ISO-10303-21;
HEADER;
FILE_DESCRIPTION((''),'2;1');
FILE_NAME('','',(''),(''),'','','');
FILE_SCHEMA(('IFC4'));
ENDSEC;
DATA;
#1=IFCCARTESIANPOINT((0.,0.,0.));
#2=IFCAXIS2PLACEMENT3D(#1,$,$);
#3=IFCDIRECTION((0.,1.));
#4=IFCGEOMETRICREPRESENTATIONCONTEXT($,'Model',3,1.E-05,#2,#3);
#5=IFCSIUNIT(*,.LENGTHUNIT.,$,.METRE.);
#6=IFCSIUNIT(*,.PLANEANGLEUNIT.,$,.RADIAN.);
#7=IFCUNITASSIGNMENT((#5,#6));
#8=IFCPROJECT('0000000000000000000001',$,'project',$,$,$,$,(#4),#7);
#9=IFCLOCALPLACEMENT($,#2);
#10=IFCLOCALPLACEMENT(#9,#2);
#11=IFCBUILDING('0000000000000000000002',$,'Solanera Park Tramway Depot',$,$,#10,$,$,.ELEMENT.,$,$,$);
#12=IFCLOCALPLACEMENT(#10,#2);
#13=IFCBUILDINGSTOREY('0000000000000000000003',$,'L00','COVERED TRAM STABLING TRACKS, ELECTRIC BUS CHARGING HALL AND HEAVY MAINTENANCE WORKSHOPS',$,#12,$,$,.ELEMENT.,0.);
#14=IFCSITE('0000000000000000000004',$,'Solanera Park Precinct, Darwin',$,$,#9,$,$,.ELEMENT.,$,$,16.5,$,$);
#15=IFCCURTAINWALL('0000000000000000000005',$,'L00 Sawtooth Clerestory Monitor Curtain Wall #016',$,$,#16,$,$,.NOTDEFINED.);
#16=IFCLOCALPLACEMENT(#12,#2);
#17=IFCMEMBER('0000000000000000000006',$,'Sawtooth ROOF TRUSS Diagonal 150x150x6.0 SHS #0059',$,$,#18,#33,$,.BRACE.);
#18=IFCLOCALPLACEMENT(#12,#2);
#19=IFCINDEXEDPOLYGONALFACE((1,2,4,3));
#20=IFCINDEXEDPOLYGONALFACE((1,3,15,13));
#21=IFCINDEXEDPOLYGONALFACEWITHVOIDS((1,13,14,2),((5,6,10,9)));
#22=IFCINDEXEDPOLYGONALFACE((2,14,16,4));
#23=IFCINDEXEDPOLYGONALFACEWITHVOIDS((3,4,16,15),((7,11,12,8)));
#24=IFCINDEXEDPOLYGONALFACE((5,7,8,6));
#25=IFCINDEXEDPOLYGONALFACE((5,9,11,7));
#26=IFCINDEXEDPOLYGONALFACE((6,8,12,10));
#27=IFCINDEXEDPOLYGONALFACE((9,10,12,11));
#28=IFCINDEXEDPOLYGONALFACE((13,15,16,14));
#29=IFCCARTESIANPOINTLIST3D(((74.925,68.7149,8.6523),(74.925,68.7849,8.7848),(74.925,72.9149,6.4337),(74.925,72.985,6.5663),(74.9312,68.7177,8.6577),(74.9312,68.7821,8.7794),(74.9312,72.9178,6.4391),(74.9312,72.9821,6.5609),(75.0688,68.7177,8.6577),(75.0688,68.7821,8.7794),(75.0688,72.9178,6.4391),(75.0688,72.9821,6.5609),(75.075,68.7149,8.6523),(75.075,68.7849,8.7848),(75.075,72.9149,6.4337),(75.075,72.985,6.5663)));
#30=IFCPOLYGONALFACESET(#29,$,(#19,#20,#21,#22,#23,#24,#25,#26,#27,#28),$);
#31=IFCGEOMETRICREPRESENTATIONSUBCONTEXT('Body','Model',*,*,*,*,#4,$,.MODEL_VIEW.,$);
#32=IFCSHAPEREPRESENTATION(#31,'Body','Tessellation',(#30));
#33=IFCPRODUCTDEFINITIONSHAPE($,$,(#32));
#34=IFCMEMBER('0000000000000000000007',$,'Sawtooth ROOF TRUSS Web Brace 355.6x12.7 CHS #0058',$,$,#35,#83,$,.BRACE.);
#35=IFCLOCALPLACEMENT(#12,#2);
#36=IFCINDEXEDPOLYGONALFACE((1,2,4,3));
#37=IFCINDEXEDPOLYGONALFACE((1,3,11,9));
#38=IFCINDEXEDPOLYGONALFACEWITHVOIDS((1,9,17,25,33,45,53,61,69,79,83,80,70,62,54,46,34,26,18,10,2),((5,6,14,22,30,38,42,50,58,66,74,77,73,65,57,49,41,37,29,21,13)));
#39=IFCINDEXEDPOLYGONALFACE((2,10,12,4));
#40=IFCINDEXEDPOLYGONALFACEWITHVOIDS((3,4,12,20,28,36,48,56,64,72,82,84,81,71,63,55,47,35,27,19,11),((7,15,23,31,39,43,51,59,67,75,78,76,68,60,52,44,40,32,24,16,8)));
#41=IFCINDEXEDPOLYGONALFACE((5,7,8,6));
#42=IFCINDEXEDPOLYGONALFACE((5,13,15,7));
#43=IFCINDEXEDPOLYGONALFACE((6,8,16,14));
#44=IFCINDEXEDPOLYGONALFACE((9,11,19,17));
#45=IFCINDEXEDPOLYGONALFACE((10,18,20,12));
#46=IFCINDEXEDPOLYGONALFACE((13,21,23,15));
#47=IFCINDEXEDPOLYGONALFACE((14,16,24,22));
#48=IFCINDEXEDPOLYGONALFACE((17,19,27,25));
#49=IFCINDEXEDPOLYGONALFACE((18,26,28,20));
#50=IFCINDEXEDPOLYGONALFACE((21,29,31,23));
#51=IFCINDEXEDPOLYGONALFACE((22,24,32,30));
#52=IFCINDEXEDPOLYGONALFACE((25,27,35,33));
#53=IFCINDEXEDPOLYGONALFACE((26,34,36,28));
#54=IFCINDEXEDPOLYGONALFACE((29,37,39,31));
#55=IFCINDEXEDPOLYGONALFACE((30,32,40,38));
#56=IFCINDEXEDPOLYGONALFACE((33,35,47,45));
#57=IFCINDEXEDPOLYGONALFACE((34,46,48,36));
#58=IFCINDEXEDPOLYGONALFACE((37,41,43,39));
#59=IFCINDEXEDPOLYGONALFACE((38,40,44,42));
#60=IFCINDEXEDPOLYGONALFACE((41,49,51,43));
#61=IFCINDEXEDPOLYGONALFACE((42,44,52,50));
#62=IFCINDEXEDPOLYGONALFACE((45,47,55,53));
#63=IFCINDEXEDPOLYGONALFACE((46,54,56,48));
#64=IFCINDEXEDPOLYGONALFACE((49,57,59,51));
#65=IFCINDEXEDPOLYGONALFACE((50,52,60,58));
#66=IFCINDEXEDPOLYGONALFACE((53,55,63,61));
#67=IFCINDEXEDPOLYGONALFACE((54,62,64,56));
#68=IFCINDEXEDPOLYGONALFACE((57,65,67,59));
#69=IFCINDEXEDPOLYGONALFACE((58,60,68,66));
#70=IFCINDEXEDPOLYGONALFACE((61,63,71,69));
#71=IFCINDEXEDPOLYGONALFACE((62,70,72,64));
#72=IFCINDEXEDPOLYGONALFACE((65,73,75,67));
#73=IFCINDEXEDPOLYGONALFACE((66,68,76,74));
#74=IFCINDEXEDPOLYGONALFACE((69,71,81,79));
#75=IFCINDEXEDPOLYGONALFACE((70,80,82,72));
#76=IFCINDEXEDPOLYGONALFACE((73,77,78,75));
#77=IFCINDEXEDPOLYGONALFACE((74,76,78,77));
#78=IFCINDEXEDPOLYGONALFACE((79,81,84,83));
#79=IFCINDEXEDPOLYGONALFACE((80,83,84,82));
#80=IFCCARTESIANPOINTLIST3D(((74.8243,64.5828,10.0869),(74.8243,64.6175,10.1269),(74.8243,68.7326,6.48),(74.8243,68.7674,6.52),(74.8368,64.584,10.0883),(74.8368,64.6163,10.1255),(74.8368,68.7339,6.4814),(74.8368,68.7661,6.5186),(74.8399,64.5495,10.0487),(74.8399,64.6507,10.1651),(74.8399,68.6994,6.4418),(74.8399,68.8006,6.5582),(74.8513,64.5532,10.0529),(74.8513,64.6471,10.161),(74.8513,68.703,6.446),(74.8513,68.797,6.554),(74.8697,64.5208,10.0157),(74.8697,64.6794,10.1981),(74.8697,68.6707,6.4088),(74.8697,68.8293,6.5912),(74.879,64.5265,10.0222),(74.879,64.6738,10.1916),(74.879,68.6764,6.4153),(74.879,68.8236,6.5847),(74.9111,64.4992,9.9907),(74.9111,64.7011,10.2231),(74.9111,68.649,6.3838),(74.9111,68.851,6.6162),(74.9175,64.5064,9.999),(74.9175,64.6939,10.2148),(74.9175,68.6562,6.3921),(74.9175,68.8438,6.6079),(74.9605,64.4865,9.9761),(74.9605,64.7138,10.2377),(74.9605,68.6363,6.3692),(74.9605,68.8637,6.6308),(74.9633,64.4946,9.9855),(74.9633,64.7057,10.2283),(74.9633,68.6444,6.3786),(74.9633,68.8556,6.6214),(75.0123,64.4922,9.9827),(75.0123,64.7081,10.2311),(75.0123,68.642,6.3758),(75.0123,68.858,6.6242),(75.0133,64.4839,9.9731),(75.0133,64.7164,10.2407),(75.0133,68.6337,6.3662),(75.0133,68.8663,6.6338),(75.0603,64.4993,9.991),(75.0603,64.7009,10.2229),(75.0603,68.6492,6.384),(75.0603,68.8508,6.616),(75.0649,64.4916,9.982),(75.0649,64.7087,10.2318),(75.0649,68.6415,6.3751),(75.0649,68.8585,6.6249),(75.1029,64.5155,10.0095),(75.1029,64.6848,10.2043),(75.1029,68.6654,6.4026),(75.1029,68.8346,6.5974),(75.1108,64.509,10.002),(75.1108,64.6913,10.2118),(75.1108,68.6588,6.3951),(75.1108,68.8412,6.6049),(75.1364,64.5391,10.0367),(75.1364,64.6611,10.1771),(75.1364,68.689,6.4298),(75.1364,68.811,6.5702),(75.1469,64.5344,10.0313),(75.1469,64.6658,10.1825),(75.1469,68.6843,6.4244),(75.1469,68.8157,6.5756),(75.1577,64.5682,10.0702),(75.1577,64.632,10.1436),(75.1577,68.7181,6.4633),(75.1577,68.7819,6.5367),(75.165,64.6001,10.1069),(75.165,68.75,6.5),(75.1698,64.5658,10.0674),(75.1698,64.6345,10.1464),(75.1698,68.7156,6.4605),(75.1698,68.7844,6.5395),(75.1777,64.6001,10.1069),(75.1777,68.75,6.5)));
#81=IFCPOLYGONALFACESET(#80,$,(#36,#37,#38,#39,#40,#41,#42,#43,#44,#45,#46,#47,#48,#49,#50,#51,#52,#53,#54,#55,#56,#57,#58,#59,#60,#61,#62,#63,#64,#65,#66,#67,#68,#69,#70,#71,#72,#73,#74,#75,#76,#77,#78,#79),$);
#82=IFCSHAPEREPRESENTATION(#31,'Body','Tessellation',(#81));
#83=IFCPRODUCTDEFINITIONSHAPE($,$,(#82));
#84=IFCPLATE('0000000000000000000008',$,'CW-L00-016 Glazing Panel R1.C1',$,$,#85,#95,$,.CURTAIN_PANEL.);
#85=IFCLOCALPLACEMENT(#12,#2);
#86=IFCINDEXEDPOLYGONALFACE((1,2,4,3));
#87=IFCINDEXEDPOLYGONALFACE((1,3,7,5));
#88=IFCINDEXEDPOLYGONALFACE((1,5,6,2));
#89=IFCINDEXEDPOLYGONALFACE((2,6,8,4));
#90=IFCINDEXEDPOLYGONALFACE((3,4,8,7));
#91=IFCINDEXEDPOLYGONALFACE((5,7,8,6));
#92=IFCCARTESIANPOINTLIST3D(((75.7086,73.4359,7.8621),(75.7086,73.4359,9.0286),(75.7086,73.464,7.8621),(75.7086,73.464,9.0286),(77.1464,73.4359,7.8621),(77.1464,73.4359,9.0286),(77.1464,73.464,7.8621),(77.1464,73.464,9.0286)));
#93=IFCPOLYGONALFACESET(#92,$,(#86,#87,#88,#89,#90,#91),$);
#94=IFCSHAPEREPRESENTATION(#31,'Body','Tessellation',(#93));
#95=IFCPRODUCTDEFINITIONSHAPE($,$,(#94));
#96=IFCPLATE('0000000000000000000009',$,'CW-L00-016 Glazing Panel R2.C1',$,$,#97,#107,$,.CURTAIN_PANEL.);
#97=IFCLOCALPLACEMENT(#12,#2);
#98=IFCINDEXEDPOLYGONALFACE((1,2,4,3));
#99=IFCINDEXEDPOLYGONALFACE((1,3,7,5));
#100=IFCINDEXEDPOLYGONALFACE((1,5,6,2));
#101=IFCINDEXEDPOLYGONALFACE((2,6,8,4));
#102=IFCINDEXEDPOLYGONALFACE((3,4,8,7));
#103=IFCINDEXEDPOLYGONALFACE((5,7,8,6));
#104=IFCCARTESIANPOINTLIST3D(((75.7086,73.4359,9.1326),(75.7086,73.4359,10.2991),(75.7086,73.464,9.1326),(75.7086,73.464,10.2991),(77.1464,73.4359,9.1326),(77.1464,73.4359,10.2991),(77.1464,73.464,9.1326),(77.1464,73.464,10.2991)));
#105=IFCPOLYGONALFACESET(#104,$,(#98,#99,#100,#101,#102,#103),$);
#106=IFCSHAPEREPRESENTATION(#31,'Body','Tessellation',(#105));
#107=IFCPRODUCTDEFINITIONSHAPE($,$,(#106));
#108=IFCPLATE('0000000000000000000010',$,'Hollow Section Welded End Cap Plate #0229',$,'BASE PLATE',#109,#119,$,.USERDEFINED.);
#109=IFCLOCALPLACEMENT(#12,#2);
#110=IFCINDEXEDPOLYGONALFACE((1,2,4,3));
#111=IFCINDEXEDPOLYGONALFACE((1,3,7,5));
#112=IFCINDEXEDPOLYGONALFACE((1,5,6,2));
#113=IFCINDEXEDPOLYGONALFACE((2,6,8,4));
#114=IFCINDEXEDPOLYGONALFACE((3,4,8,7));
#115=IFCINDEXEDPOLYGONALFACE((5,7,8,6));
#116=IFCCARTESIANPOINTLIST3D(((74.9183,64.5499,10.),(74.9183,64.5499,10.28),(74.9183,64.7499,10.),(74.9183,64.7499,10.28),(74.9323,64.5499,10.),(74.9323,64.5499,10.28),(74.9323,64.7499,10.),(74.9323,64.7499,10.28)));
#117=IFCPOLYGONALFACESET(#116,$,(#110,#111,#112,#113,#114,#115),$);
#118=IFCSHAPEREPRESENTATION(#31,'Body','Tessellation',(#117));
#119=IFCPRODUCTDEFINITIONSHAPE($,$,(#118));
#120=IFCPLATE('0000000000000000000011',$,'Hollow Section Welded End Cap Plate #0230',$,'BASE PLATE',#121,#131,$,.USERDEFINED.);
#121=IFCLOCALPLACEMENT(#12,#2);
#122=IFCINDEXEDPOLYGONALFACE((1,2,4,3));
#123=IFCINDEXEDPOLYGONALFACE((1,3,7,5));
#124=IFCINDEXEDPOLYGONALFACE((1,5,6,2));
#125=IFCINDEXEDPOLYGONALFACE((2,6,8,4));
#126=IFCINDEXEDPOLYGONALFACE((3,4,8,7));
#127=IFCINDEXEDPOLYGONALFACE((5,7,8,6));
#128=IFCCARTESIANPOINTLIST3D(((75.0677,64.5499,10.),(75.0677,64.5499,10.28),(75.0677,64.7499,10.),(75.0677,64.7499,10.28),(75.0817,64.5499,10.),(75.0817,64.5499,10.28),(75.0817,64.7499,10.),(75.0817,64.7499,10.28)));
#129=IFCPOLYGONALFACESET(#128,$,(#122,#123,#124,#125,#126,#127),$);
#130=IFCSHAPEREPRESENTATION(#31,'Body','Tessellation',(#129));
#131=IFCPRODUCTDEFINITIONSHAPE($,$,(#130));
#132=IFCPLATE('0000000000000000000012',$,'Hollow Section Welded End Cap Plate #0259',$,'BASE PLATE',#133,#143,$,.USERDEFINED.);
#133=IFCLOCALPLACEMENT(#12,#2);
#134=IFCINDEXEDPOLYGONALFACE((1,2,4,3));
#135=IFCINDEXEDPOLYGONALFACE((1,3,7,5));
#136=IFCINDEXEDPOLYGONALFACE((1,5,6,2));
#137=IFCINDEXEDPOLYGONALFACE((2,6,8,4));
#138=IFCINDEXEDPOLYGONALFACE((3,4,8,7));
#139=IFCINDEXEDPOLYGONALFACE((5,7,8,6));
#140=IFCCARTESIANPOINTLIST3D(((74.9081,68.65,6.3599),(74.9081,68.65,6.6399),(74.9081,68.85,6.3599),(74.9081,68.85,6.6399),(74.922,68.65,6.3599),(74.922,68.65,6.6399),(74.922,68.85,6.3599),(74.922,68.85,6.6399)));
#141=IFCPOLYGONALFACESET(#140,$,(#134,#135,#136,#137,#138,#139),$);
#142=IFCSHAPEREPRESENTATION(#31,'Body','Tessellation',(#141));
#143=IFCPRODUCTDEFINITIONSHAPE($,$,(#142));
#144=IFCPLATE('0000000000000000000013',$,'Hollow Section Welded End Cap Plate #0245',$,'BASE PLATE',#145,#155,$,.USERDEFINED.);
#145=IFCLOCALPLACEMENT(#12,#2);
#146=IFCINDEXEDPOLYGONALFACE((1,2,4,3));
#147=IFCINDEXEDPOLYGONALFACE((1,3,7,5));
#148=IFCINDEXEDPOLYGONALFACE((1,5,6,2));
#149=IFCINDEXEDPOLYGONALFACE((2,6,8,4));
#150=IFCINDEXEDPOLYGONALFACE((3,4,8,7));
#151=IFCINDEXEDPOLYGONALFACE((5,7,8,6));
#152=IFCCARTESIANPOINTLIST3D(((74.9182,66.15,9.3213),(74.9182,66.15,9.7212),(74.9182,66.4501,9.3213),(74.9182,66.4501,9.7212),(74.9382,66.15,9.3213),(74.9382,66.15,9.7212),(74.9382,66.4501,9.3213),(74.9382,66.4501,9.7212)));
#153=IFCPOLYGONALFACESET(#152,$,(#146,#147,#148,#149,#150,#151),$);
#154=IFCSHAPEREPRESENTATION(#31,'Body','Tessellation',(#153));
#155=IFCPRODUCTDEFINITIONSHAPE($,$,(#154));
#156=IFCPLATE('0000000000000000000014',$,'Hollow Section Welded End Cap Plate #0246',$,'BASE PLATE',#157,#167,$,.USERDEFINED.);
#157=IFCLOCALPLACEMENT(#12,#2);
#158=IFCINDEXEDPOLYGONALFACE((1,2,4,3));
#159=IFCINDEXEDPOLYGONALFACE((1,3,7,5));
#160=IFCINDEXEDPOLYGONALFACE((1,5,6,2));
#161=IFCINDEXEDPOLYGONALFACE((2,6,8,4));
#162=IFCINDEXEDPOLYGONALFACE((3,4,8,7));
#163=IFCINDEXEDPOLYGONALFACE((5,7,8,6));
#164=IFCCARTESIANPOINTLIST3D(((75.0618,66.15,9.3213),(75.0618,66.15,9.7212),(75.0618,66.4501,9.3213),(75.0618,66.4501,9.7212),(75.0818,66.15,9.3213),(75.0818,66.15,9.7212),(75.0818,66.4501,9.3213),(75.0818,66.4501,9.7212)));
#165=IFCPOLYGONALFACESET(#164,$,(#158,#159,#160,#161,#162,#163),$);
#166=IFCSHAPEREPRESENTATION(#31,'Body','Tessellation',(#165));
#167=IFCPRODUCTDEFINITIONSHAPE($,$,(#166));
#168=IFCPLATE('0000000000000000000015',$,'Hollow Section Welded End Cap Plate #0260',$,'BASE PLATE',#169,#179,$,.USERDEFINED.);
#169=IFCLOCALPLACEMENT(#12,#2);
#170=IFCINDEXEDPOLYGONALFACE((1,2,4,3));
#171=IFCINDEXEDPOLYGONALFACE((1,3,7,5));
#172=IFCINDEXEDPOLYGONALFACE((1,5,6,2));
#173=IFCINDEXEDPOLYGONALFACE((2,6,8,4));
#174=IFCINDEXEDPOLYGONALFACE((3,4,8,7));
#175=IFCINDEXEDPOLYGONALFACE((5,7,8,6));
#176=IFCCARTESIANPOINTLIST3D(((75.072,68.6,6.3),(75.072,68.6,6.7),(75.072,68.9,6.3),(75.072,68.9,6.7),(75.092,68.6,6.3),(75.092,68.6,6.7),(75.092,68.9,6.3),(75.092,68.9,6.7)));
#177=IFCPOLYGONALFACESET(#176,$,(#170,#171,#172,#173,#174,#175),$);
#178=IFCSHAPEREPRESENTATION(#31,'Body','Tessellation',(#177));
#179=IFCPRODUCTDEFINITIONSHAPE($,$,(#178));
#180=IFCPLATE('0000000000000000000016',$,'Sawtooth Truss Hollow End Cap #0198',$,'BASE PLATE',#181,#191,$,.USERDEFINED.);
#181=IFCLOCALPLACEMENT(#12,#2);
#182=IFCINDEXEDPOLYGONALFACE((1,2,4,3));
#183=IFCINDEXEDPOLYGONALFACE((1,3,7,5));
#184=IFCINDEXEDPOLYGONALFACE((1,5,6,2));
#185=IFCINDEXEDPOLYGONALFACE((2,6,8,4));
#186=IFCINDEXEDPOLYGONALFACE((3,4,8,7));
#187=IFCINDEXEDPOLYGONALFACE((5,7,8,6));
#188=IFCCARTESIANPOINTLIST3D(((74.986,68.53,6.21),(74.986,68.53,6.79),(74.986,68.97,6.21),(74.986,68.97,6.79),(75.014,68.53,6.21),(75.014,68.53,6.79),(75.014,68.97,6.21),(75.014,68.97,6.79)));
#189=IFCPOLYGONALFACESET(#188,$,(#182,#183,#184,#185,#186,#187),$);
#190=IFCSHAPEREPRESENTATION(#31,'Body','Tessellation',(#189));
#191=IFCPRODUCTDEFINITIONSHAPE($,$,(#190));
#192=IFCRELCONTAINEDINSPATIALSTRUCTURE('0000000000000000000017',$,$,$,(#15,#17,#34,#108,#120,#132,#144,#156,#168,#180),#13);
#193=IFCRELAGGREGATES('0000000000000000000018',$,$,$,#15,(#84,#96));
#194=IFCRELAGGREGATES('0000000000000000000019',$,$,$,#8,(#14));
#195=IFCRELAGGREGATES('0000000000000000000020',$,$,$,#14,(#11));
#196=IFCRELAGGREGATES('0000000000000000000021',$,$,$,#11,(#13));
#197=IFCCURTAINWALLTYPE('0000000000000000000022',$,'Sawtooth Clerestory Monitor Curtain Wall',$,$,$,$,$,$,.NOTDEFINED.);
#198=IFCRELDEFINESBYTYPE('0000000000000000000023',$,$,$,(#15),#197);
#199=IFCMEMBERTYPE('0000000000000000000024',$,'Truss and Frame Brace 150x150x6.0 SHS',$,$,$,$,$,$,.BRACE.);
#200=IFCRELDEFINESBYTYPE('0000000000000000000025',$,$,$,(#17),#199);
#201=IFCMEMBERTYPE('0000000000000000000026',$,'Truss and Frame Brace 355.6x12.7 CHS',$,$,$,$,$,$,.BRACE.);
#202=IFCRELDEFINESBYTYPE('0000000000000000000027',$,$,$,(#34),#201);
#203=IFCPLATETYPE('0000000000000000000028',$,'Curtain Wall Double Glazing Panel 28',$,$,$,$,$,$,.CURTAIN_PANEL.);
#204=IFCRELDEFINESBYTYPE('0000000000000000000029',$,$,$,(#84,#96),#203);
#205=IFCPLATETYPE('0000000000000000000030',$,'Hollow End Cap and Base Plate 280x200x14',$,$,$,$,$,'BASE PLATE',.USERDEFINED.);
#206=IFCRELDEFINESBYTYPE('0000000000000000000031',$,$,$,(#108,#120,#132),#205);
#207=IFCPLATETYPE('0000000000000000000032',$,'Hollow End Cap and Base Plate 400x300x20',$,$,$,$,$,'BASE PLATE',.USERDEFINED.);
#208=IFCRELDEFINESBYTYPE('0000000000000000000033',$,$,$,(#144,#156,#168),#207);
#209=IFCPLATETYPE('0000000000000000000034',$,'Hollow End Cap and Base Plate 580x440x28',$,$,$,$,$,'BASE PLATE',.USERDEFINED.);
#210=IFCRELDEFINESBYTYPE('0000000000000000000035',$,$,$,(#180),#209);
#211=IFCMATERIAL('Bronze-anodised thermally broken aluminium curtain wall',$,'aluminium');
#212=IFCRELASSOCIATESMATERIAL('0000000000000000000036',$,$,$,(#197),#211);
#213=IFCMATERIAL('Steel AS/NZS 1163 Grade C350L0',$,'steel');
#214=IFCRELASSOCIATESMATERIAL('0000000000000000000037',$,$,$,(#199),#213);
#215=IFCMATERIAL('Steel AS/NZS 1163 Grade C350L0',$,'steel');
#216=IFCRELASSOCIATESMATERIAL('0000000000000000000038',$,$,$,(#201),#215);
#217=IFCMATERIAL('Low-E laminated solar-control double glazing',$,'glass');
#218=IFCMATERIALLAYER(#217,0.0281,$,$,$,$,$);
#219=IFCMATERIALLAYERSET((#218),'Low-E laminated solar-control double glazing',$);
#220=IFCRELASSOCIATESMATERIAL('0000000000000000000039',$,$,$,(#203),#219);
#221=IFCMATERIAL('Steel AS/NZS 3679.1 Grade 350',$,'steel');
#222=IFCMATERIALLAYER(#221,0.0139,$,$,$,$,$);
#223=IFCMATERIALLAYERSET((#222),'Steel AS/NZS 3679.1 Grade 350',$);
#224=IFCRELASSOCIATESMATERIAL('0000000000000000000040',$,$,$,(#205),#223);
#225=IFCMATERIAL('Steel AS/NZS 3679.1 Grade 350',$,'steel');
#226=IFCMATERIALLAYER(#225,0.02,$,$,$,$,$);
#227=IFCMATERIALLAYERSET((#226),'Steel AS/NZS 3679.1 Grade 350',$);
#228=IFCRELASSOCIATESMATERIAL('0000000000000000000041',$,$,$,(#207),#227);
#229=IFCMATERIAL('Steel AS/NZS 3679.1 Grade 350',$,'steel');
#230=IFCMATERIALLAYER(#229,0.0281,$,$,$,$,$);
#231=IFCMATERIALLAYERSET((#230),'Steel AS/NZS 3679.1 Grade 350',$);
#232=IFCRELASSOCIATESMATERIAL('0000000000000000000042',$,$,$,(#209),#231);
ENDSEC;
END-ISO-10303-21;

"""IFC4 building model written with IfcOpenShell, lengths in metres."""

from ifc_helpers import new_model, si_unit, direction, frame, origin, origin_2d, place, context, subcontext, project, spatial, rectangle, hollow_rectangle, hollow_circle, extrude, material, layer, layer_set, material_profile, profile_set, type_object, element, aggregate, save


model = new_model("IFC4")

# Units and contexts
model_context = context("Model", 3, precision=1e-05, world=origin(), true_north=direction((0.0, 1.0)))
body_context = subcontext(model_context, "Body", "Model", "MODEL_VIEW")
ifc_project = project(units=[si_unit("LENGTHUNIT", "METRE"), si_unit("PLANEANGLEUNIT", "RADIAN")], contexts=[model_context])

# Site, building, storey
site_placement = place(None, origin())
site = spatial("IfcSite", under=ifc_project, at=site_placement, Name="Solanera Park Precinct, Darwin", CompositionType="ELEMENT", RefElevation=16.5)
building_placement = place(site_placement, origin())
building = spatial("IfcBuilding", under=site, at=building_placement, Name="Solanera Park Tramway Depot", CompositionType="ELEMENT")
storey_placement = place(building_placement, origin())
storey = spatial("IfcBuildingStorey", under=building, at=storey_placement, Name="L00", Description="COVERED TRAM STABLING TRACKS, ELECTRIC BUS CHARGING HALL AND HEAVY MAINTENANCE WORKSHOPS", CompositionType="ELEMENT", Elevation=0.0)

# Curtain wall
ifc_material_1 = material(Name="Bronze-anodised thermally broken aluminium curtain wall", Category="aluminium")
curtain_wall_type = type_object("IfcCurtainWallType", Name="Sawtooth Clerestory Monitor Curtain Wall", PredefinedType="NOTDEFINED", material=ifc_material_1)
curtain_wall_1_placement = place(storey_placement, origin())
curtain_wall_1 = element("IfcCurtainWall", 1, at=curtain_wall_1_placement, inside=storey, type_object=curtain_wall_type, Name="L00 Sawtooth Clerestory Monitor Curtain Wall #016", PredefinedType="NOTDEFINED")

# Members
ifc_material_2 = material(Name="Steel AS/NZS 1163 Grade C350L0", Category="steel")
ifc_material_profile_1 = material_profile(ifc_material_2, hollow_rectangle(XDim=0.1499, YDim=0.1499, WallThickness=0.0061, at=origin_2d()), Name="150x150x6.0 SHS")
ifc_profile_set_1 = profile_set([ifc_material_profile_1], Name="Steel AS/NZS 1163 Grade C350L0")
member_type_1 = type_object("IfcMemberType", Name="Truss and Frame Brace 150x150x6.0 SHS", PredefinedType="BRACE", material=ifc_profile_set_1)
member_1_placement = place(storey_placement, frame((75.0, 72.95, 6.5), z_axis=(0.0, -0.884223, 0.467066), x_axis=(1.0, 0.0, 0.0)))
element("IfcMember", 2, at=member_1_placement, inside=storey, type_object=member_type_1, Name="Sawtooth ROOF TRUSS Diagonal 150x150x6.0 SHS #0059", PredefinedType="BRACE", context=body_context, shape_type="SweptSolid", body=[
    extrude(hollow_rectangle(XDim=0.1499, YDim=0.1499, WallThickness=0.0061, at=origin_2d()), origin(), (0.0, 0.0, 1.0), 4.75),
])
ifc_material_3 = material(Name="Steel AS/NZS 1163 Grade C350L0", Category="steel")
ifc_material_profile_2 = material_profile(ifc_material_3, hollow_circle(Radius=0.1777, WallThickness=0.0127, at=origin_2d()), Name="355.6x12.7 CHS")
ifc_profile_set_2 = profile_set([ifc_material_profile_2], Name="Steel AS/NZS 1163 Grade C350L0")
member_type_2 = type_object("IfcMemberType", Name="Truss and Frame Brace 355.6x12.7 CHS", PredefinedType="BRACE", material=ifc_profile_set_2)
member_2_placement = place(storey_placement, frame((75.0, 68.75, 6.5), z_axis=(0.0, -0.754757, 0.656005), x_axis=(1.0, 0.0, 0.0)))
element("IfcMember", 3, at=member_2_placement, inside=storey, type_object=member_type_2, Name="Sawtooth ROOF TRUSS Web Brace 355.6x12.7 CHS #0058", PredefinedType="BRACE", context=body_context, shape_type="SweptSolid", body=[
    extrude(hollow_circle(Radius=0.1777, WallThickness=0.0127, at=origin_2d()), origin(), (0.0, 0.0, 1.0), 5.4983),
])

# Plates
ifc_material_4 = material(Name="Low-E laminated solar-control double glazing", Category="glass")
ifc_layer_1 = layer(ifc_material_4, 0.0281)
ifc_layer_set_1 = layer_set([ifc_layer_1], Name="Low-E laminated solar-control double glazing")
plate_type_1 = type_object("IfcPlateType", Name="Curtain Wall Double Glazing Panel 28", PredefinedType="CURTAIN_PANEL", material=ifc_layer_set_1)
plate_1_placement = place(storey_placement, frame((76.4275, 73.45, 7.8621), z_axis=(0.0, 0.0, 1.0), x_axis=(1.0, 0.0, 0.0)))
plate_1 = element("IfcPlate", 4, at=plate_1_placement, type_object=plate_type_1, Name="CW-L00-016 Glazing Panel R1.C1", PredefinedType="CURTAIN_PANEL", context=body_context, shape_type="SweptSolid", body=[
    extrude(rectangle(XDim=1.4377, YDim=0.0281, at=origin_2d()), origin(), (0.0, 0.0, 1.0), 1.1665),
])
plate_2_placement = place(storey_placement, frame((76.4275, 73.45, 9.1326), z_axis=(0.0, 0.0, 1.0), x_axis=(1.0, 0.0, 0.0)))
plate_2 = element("IfcPlate", 5, at=plate_2_placement, type_object=plate_type_1, Name="CW-L00-016 Glazing Panel R2.C1", PredefinedType="CURTAIN_PANEL", context=body_context, shape_type="SweptSolid", body=[
    extrude(rectangle(XDim=1.4377, YDim=0.0281, at=origin_2d()), origin(), (0.0, 0.0, 1.0), 1.1665),
])
aggregate(curtain_wall_1, [plate_1, plate_2])

# Plates
ifc_material_5 = material(Name="Steel AS/NZS 3679.1 Grade 350", Category="steel")
ifc_layer_2 = layer(ifc_material_5, 0.0139)
ifc_layer_set_2 = layer_set([ifc_layer_2], Name="Steel AS/NZS 3679.1 Grade 350")
plate_type_2 = type_object("IfcPlateType", Name="Hollow End Cap and Base Plate 280x200x14", ElementType="BASE PLATE", PredefinedType="USERDEFINED", material=ifc_layer_set_2)
for number, where, z_axis, x_axis, name in (
    (6, (74.9253, 64.6499, 10.0), (0.0, 0.0, 1.0), (1.0, 0.0, 0.0), "Hollow Section Welded End Cap Plate #0229"),
    (7, (75.0747, 64.6499, 10.0), (0.0, 0.0, 1.0), (1.0, 0.0, 0.0), "Hollow Section Welded End Cap Plate #0230"),
    (8, (74.915, 68.75, 6.3599), (0.0, 0.0, 1.0), (1.0, 0.0, 0.0), "Hollow Section Welded End Cap Plate #0259"),
):
    element("IfcPlate", number, at=place(storey_placement, frame(where, z_axis=z_axis, x_axis=x_axis)), inside=storey, type_object=plate_type_2, Name=name, ObjectType="BASE PLATE", PredefinedType="USERDEFINED", context=body_context, shape_type="SweptSolid", body=[
        extrude(rectangle(XDim=0.0139, YDim=0.2, at=origin_2d()), origin(), (0.0, 0.0, 1.0), 0.28),
    ])
ifc_material_6 = material(Name="Steel AS/NZS 3679.1 Grade 350", Category="steel")
ifc_layer_3 = layer(ifc_material_6, 0.02)
ifc_layer_set_3 = layer_set([ifc_layer_3], Name="Steel AS/NZS 3679.1 Grade 350")
plate_type_3 = type_object("IfcPlateType", Name="Hollow End Cap and Base Plate 400x300x20", ElementType="BASE PLATE", PredefinedType="USERDEFINED", material=ifc_layer_set_3)
for number, where, z_axis, x_axis, name in (
    (9, (74.9282, 66.3, 9.3213), (0.0, 0.0, 1.0), (1.0, 0.0, 0.0), "Hollow Section Welded End Cap Plate #0245"),
    (10, (75.0718, 66.3, 9.3213), (0.0, 0.0, 1.0), (1.0, 0.0, 0.0), "Hollow Section Welded End Cap Plate #0246"),
    (11, (75.082, 68.75, 6.3), (0.0, 0.0, 1.0), (1.0, 0.0, 0.0), "Hollow Section Welded End Cap Plate #0260"),
):
    element("IfcPlate", number, at=place(storey_placement, frame(where, z_axis=z_axis, x_axis=x_axis)), inside=storey, type_object=plate_type_3, Name=name, ObjectType="BASE PLATE", PredefinedType="USERDEFINED", context=body_context, shape_type="SweptSolid", body=[
        extrude(rectangle(XDim=0.02, YDim=0.3, at=origin_2d()), origin(), (0.0, 0.0, 1.0), 0.3999),
    ])
ifc_material_7 = material(Name="Steel AS/NZS 3679.1 Grade 350", Category="steel")
ifc_layer_4 = layer(ifc_material_7, 0.0281)
ifc_layer_set_4 = layer_set([ifc_layer_4], Name="Steel AS/NZS 3679.1 Grade 350")
plate_type_4 = type_object("IfcPlateType", Name="Hollow End Cap and Base Plate 580x440x28", ElementType="BASE PLATE", PredefinedType="USERDEFINED", material=ifc_layer_set_4)
plate_3_placement = place(storey_placement, frame((75.0, 68.75, 6.21), z_axis=(0.0, 0.0, 1.0), x_axis=(1.0, 0.0, 0.0)))
element("IfcPlate", 12, at=plate_3_placement, inside=storey, type_object=plate_type_4, Name="Sawtooth Truss Hollow End Cap #0198", ObjectType="BASE PLATE", PredefinedType="USERDEFINED", context=body_context, shape_type="SweptSolid", body=[
    extrude(rectangle(XDim=0.0281, YDim=0.4399, at=origin_2d()), origin(), (0.0, 0.0, 1.0), 0.5801),
])

save(model, "model.ifc")
